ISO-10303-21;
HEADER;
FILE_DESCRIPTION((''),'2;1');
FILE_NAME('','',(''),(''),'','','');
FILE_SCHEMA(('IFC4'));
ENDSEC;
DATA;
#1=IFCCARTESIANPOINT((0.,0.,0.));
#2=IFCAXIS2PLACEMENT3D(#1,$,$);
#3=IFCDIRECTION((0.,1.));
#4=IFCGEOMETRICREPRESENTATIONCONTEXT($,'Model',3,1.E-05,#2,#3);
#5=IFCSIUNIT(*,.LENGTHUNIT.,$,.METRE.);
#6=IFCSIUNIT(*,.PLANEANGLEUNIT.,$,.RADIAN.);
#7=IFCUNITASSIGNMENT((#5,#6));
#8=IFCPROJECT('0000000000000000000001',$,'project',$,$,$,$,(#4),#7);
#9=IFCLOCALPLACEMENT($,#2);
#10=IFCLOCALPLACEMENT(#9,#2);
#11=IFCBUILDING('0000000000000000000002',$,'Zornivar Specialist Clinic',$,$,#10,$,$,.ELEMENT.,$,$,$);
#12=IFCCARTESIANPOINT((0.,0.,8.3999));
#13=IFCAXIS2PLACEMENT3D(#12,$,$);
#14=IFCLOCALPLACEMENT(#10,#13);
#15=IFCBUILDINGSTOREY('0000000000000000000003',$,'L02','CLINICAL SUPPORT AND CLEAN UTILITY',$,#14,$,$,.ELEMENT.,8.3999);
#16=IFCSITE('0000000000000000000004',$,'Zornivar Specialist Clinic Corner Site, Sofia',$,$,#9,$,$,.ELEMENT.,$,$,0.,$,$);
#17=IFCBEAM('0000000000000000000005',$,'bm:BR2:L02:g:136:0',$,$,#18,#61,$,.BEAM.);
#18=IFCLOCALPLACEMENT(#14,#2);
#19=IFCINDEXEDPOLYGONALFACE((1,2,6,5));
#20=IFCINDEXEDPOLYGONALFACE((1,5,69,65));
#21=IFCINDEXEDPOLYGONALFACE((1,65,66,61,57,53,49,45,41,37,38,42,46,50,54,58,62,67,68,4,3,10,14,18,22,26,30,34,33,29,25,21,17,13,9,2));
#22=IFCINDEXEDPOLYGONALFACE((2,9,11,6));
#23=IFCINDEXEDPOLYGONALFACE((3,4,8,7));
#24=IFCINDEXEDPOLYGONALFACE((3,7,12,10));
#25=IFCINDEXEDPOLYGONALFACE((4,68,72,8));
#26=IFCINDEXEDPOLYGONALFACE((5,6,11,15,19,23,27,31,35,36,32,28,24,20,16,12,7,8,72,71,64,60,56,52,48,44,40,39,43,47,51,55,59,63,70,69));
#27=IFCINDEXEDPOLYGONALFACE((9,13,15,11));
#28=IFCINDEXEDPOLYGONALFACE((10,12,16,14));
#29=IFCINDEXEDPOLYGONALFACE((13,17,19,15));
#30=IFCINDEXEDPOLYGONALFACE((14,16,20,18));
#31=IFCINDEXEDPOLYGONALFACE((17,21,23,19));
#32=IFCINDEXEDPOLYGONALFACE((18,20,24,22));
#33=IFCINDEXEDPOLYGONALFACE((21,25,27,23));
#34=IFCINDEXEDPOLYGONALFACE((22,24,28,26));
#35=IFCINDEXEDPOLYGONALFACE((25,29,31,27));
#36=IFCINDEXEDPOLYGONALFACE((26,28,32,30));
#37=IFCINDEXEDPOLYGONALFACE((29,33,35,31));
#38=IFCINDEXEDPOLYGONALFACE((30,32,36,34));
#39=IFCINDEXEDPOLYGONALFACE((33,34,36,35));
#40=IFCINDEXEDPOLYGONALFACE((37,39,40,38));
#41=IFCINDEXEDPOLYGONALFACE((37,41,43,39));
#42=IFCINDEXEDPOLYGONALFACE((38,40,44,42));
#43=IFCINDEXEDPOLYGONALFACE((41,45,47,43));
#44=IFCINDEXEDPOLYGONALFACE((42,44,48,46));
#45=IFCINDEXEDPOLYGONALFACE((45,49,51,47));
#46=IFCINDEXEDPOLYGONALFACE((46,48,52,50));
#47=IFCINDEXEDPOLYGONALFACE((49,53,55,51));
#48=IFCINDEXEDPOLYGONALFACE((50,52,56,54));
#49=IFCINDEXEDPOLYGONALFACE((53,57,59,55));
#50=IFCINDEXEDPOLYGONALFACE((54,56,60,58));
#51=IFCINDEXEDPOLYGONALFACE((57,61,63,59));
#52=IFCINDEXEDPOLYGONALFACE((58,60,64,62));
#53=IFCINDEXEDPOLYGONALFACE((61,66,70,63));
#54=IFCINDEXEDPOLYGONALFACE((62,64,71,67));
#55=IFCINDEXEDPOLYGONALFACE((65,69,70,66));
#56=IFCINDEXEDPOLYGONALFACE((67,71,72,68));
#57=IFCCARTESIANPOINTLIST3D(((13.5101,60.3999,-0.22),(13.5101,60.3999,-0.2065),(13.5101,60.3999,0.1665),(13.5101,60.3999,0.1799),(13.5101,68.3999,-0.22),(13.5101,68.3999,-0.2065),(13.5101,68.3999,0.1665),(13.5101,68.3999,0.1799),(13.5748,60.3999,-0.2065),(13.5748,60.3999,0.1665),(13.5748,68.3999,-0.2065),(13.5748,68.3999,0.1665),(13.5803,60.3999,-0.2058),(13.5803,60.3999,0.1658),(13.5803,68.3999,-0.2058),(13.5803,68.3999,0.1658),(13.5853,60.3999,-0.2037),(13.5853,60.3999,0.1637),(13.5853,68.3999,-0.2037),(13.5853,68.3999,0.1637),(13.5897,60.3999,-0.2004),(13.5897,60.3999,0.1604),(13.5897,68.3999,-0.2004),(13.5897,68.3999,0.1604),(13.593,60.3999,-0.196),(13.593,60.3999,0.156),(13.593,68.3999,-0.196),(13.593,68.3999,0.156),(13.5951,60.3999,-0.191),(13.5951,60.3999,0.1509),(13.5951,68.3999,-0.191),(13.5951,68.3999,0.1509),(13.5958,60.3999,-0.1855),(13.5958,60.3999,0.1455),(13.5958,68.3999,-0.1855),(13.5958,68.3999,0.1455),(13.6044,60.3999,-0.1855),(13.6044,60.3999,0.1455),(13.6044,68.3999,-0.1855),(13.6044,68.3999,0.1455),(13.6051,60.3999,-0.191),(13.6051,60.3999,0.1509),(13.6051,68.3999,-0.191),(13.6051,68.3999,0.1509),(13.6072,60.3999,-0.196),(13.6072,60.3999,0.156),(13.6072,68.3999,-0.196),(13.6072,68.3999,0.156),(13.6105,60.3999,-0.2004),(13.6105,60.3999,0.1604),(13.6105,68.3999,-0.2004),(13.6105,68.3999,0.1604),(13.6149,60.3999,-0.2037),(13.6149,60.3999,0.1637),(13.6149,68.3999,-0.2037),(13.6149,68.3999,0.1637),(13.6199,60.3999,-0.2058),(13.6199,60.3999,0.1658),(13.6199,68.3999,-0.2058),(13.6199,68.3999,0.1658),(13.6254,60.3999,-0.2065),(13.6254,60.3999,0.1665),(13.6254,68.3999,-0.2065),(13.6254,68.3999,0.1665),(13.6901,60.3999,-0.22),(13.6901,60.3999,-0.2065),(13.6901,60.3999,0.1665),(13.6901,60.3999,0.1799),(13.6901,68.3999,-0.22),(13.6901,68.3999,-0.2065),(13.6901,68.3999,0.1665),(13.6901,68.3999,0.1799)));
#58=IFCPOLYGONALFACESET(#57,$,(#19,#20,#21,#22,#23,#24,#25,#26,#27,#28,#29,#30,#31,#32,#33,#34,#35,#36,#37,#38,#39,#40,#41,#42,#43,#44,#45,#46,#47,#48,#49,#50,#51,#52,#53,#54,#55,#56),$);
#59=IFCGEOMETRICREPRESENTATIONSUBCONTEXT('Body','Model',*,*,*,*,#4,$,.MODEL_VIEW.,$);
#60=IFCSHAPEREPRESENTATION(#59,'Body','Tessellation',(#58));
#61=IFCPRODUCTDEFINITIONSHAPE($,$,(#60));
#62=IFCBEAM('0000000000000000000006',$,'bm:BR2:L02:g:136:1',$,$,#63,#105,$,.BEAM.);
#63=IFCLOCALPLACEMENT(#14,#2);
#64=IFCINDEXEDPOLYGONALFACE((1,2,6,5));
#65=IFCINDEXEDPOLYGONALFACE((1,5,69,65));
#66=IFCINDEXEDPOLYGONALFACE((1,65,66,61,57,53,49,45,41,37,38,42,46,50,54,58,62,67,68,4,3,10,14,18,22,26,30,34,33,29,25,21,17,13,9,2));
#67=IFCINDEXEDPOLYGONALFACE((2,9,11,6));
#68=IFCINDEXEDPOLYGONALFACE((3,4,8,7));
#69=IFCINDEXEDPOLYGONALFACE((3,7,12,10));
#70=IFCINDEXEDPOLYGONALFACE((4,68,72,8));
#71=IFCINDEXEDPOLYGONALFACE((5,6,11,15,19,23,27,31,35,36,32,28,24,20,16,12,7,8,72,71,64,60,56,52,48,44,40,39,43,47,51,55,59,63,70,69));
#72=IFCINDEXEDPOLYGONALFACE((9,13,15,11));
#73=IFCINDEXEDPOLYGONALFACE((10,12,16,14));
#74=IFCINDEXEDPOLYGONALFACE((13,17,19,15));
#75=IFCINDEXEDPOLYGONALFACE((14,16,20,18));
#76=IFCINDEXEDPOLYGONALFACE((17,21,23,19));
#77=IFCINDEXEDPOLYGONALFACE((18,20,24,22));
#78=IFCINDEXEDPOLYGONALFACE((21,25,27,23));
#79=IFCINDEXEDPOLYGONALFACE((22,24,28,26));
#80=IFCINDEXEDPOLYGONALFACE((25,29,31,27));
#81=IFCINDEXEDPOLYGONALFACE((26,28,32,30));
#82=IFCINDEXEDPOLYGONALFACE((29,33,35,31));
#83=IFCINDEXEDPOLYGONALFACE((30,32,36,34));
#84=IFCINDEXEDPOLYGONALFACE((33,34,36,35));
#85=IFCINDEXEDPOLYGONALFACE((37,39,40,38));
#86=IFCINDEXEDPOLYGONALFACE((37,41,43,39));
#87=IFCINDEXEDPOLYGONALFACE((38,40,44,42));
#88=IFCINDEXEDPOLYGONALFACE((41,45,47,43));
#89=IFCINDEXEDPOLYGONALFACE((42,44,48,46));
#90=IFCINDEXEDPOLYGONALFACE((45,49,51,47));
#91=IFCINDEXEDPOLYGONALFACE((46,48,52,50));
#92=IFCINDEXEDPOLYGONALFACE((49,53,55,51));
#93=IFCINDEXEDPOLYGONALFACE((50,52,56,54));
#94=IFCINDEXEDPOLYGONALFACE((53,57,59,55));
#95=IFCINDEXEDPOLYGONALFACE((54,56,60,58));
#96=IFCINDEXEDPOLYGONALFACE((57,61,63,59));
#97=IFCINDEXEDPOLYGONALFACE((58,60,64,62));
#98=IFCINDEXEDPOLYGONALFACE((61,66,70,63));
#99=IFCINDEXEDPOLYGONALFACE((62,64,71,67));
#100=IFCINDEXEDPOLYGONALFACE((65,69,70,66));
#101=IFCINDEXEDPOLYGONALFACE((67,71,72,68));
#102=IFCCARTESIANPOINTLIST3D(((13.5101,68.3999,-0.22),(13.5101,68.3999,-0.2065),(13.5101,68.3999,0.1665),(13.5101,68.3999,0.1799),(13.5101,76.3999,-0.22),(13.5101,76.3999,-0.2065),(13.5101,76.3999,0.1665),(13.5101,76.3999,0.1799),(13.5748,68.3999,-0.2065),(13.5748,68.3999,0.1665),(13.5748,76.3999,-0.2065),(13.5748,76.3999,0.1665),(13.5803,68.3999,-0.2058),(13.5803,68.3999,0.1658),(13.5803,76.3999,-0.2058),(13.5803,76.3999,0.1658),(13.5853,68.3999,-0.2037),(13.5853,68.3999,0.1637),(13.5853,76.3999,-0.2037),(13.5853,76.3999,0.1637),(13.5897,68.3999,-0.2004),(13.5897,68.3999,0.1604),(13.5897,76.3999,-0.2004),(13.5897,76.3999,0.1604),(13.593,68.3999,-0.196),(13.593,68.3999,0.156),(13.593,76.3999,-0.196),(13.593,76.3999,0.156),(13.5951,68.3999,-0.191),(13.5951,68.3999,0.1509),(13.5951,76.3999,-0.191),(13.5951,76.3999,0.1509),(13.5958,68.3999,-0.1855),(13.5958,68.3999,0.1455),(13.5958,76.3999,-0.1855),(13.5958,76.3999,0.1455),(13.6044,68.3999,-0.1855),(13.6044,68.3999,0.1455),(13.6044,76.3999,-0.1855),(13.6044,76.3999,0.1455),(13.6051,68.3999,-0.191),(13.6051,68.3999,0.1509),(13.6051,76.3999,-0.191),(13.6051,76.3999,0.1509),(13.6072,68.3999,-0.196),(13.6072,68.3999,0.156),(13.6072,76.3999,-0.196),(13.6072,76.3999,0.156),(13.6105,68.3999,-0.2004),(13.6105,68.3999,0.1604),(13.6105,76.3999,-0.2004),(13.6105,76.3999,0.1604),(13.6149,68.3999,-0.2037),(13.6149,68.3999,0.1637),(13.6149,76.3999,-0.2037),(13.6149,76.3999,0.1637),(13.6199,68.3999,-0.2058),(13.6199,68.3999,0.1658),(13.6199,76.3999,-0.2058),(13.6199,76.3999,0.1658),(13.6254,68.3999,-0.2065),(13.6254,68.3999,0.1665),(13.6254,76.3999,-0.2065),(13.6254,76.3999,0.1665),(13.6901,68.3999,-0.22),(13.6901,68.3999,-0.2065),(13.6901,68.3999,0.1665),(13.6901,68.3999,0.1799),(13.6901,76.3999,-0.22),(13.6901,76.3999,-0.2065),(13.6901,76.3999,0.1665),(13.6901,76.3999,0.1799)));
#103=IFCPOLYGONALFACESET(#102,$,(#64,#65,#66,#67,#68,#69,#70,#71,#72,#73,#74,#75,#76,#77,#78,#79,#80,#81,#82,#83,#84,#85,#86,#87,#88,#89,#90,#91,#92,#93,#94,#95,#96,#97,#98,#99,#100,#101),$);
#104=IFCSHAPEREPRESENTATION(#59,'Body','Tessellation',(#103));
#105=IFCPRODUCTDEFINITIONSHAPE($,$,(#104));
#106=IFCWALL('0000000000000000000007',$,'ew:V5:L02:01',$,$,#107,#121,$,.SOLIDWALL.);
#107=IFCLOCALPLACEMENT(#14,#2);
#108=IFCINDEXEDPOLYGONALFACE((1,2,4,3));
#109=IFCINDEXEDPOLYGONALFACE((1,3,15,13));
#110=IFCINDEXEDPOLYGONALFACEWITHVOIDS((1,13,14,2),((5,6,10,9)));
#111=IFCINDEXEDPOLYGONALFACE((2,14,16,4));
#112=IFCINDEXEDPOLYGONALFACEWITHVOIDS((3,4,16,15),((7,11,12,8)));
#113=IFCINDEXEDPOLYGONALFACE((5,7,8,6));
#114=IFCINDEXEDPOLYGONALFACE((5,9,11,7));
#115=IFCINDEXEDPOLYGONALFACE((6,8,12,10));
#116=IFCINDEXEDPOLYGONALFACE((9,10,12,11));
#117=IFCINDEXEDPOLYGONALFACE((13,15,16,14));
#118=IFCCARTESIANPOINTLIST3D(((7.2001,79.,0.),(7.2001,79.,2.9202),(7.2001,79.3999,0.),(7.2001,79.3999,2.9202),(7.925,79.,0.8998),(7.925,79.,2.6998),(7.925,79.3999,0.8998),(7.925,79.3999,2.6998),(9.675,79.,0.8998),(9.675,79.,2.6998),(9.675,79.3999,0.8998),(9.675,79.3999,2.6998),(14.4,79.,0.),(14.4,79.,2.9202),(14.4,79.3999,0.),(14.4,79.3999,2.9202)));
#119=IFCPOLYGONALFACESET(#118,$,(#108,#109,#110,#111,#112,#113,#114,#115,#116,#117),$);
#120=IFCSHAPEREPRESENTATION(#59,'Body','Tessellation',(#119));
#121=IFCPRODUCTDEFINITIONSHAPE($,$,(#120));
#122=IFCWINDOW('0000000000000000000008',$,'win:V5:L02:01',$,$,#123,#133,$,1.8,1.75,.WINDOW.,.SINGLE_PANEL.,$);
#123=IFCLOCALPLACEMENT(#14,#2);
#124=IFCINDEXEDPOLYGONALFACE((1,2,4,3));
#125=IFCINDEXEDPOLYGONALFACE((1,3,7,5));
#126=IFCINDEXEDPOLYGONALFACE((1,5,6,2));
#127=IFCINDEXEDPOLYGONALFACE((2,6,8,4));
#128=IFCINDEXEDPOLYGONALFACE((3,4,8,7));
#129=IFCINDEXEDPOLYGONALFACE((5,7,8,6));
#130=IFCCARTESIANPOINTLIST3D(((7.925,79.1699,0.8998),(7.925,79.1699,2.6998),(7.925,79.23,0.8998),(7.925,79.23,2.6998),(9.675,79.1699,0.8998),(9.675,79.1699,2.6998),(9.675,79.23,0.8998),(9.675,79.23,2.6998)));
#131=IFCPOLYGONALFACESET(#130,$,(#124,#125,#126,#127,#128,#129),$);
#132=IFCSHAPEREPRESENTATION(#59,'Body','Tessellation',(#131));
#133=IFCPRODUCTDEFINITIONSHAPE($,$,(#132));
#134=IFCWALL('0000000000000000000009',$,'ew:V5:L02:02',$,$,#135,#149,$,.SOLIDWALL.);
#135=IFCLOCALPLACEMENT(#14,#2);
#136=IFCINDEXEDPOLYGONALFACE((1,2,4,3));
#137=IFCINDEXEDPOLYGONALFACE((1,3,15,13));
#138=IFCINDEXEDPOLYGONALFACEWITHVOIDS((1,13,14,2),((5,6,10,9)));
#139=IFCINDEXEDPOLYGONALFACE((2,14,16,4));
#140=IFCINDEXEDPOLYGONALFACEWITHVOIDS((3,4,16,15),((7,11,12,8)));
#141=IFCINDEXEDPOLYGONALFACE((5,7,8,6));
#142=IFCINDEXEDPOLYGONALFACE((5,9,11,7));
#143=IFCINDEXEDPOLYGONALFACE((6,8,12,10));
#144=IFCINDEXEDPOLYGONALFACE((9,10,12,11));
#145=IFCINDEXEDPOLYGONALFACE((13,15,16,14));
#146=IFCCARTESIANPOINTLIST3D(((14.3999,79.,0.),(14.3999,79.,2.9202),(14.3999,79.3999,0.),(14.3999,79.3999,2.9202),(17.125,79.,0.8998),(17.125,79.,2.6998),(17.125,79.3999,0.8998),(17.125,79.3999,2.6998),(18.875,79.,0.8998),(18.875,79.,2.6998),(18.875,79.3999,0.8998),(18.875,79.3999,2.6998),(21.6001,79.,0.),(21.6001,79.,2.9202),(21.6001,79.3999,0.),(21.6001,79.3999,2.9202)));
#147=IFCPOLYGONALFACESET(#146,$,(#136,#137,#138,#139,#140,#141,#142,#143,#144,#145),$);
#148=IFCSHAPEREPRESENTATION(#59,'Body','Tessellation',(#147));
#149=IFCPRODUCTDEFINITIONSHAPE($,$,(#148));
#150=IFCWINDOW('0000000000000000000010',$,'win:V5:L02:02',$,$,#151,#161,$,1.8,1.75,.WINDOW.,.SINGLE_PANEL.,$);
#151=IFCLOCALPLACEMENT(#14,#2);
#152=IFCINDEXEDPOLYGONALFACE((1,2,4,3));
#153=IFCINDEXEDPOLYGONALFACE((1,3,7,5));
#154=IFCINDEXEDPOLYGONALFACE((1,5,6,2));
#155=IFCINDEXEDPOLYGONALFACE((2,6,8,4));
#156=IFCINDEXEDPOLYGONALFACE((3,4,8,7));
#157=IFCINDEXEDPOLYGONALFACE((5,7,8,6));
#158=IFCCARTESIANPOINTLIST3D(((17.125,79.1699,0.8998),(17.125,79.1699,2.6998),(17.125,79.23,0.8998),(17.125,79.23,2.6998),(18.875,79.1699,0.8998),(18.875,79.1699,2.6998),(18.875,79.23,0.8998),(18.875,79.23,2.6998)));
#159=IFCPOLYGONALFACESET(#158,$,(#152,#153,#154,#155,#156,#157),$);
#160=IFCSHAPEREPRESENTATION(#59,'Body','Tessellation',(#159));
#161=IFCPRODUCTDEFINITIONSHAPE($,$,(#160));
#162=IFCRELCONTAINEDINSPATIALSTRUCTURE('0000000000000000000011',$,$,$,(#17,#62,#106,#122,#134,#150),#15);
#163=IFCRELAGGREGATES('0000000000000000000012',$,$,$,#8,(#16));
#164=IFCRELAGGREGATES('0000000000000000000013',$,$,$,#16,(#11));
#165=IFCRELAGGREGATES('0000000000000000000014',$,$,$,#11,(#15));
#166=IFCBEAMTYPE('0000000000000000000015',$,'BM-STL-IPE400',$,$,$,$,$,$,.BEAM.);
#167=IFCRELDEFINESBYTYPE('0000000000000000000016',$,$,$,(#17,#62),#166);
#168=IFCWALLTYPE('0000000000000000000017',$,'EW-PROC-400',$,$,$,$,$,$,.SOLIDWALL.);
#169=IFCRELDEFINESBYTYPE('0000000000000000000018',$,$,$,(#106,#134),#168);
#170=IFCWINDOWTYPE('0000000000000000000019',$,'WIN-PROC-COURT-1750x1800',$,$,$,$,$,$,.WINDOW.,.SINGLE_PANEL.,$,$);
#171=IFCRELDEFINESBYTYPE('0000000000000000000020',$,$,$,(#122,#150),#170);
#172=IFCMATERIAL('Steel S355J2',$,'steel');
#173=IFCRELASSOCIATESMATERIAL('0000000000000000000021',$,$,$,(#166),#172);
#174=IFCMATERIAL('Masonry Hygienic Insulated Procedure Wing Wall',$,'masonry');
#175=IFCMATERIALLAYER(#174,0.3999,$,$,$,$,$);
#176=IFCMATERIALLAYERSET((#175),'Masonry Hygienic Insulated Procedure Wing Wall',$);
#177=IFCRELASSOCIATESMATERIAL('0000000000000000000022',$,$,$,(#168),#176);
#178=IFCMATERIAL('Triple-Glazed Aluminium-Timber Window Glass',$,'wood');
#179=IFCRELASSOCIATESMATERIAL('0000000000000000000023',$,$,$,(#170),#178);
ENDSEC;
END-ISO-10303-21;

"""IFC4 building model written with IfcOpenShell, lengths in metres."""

from ifc_helpers import new_model, si_unit, direction, frame, frame_2d, origin, origin_2d, place, context, subcontext, project, spatial, rectangle, i_section, extrude, material, layer, layer_set, material_profile, profile_set, type_object, element, fill, save


model = new_model("IFC4")

# Units and contexts
model_context = context("Model", 3, precision=1e-05, world=origin(), true_north=direction((0.0, 1.0)))
body_context = subcontext(model_context, "Body", "Model", "MODEL_VIEW")
ifc_project = project(units=[si_unit("LENGTHUNIT", "METRE"), si_unit("PLANEANGLEUNIT", "RADIAN")], contexts=[model_context])

# Site, building, storey
site_placement = place(None, origin())
site = spatial("IfcSite", under=ifc_project, at=site_placement, Name="Zornivar Specialist Clinic Corner Site, Sofia", CompositionType="ELEMENT", RefElevation=0.0)
building_placement = place(site_placement, origin())
building = spatial("IfcBuilding", under=site, at=building_placement, Name="Zornivar Specialist Clinic", CompositionType="ELEMENT")
storey_placement = place(building_placement, frame((0.0, 0.0, 8.3999)))
storey = spatial("IfcBuildingStorey", under=building, at=storey_placement, Name="L02", Description="CLINICAL SUPPORT AND CLEAN UTILITY", CompositionType="ELEMENT", Elevation=8.3999)

# Beams
ifc_material_1 = material(Name="Steel S355J2", Category="steel")
ifc_material_profile_1 = material_profile(ifc_material_1, i_section(OverallWidth=0.1799, OverallDepth=0.3999, WebThickness=0.0085, FlangeThickness=0.0134, FilletRadius=0.021, at=origin_2d()), Name="IPE 400")
ifc_profile_set_1 = profile_set([ifc_material_profile_1], Name="Steel S355J2")
beam_type_1 = type_object("IfcBeamType", Name="BM-STL-IPE400", PredefinedType="BEAM", material=ifc_profile_set_1)
for number, where, z_axis, x_axis, name in (
    (1, (13.6001, 60.3999, -0.02), (0.0, 1.0, 0.0), (-1.0, 0.0, 0.0), "bm:BR2:L02:g:136:0"),
    (2, (13.6001, 68.3999, -0.02), (0.0, 1.0, 0.0), (-1.0, 0.0, 0.0), "bm:BR2:L02:g:136:1"),
):
    element("IfcBeam", number, at=place(storey_placement, frame(where, z_axis=z_axis, x_axis=x_axis)), inside=storey, type_object=beam_type_1, Name=name, PredefinedType="BEAM", context=body_context, shape_type="SweptSolid", body=[
        extrude(i_section(OverallWidth=0.1799, OverallDepth=0.3999, WebThickness=0.0085, FlangeThickness=0.0134, FilletRadius=0.021, at=origin_2d()), origin(), (0.0, 0.0, 1.0), 8.0),
    ])

# Walls, openings, windows
ifc_material_2 = material(Name="Masonry Hygienic Insulated Procedure Wing Wall", Category="masonry")
ifc_layer_1 = layer(ifc_material_2, 0.3999)
ifc_layer_set_1 = layer_set([ifc_layer_1], Name="Masonry Hygienic Insulated Procedure Wing Wall")
wall_type_1 = type_object("IfcWallType", Name="EW-PROC-400", PredefinedType="SOLIDWALL", material=ifc_layer_set_1)
wall_1_placement = place(storey_placement, frame((7.2, 79.2, 0.0), z_axis=(0.0, 0.0, 1.0), x_axis=(1.0, 0.0, 0.0)))
wall_1 = element("IfcWall", 3, at=wall_1_placement, inside=storey, type_object=wall_type_1, Name="ew:V5:L02:01", PredefinedType="SOLIDWALL", context=body_context, shape_type="SweptSolid", body=[
    extrude(rectangle(XDim=7.2, YDim=0.3999, at=frame_2d((3.6001, 0.0))), origin(), (0.0, 0.0, 1.0), 2.9202),
])
opening_1_placement = place(wall_1_placement, frame((0.7251, 0.0, 0.8999)))
opening_1 = element("IfcOpeningElement", 4, at=opening_1_placement, cuts=wall_1, PredefinedType="OPENING", context=body_context, shape_type="SweptSolid", body=[
    extrude(rectangle(XDim=1.75, YDim=1.8, at=frame_2d((0.875, 0.8999))), frame((0.0, 0.21, 0.0), z_axis=(0.0, -1.0, 0.0), x_axis=(1.0, 0.0, 0.0)), (0.0, 0.0, 1.0), 0.4199),
])
ifc_material_3 = material(Name="Triple-Glazed Aluminium-Timber Window Glass", Category="wood")
window_type = type_object("IfcWindowType", Name="WIN-PROC-COURT-1750x1800", PartitioningType="SINGLE_PANEL", PredefinedType="WINDOW", material=ifc_material_3)
window_1_placement = place(opening_1_placement, origin())
window_1 = element("IfcWindow", 5, at=window_1_placement, inside=storey, type_object=window_type, Name="win:V5:L02:01", OverallHeight=1.8, OverallWidth=1.75, PartitioningType="SINGLE_PANEL", PredefinedType="WINDOW", context=body_context, shape_type="SweptSolid", body=[
    extrude(rectangle(XDim=1.75, YDim=1.8, at=frame_2d((0.875, 0.8999))), frame((0.0, 0.03, 0.0), z_axis=(0.0, -1.0, 0.0), x_axis=(1.0, 0.0, 0.0)), (0.0, 0.0, 1.0), 0.0601),
])
fill(opening_1, window_1)
wall_2_placement = place(storey_placement, frame((14.3999, 79.2, 0.0), z_axis=(0.0, 0.0, 1.0), x_axis=(1.0, 0.0, 0.0)))
wall_2 = element("IfcWall", 6, at=wall_2_placement, inside=storey, type_object=wall_type_1, Name="ew:V5:L02:02", PredefinedType="SOLIDWALL", context=body_context, shape_type="SweptSolid", body=[
    extrude(rectangle(XDim=7.2002, YDim=0.3999, at=frame_2d((3.6001, 0.0))), origin(), (0.0, 0.0, 1.0), 2.9202),
])
opening_2_placement = place(wall_2_placement, frame((2.7251, 0.0, 0.8999)))
opening_2 = element("IfcOpeningElement", 7, at=opening_2_placement, cuts=wall_2, PredefinedType="OPENING", context=body_context, shape_type="SweptSolid", body=[
    extrude(rectangle(XDim=1.75, YDim=1.8, at=frame_2d((0.875, 0.8999))), frame((0.0, 0.21, 0.0), z_axis=(0.0, -1.0, 0.0), x_axis=(1.0, 0.0, 0.0)), (0.0, 0.0, 1.0), 0.4199),
])
window_2_placement = place(opening_2_placement, origin())
window_2 = element("IfcWindow", 8, at=window_2_placement, inside=storey, type_object=window_type, Name="win:V5:L02:02", OverallHeight=1.8, OverallWidth=1.75, PartitioningType="SINGLE_PANEL", PredefinedType="WINDOW", context=body_context, shape_type="SweptSolid", body=[
    extrude(rectangle(XDim=1.75, YDim=1.8, at=frame_2d((0.875, 0.8999))), frame((0.0, 0.03, 0.0), z_axis=(0.0, -1.0, 0.0), x_axis=(1.0, 0.0, 0.0)), (0.0, 0.0, 1.0), 0.0601),
])
fill(opening_2, window_2)

save(model, "model.ifc")
